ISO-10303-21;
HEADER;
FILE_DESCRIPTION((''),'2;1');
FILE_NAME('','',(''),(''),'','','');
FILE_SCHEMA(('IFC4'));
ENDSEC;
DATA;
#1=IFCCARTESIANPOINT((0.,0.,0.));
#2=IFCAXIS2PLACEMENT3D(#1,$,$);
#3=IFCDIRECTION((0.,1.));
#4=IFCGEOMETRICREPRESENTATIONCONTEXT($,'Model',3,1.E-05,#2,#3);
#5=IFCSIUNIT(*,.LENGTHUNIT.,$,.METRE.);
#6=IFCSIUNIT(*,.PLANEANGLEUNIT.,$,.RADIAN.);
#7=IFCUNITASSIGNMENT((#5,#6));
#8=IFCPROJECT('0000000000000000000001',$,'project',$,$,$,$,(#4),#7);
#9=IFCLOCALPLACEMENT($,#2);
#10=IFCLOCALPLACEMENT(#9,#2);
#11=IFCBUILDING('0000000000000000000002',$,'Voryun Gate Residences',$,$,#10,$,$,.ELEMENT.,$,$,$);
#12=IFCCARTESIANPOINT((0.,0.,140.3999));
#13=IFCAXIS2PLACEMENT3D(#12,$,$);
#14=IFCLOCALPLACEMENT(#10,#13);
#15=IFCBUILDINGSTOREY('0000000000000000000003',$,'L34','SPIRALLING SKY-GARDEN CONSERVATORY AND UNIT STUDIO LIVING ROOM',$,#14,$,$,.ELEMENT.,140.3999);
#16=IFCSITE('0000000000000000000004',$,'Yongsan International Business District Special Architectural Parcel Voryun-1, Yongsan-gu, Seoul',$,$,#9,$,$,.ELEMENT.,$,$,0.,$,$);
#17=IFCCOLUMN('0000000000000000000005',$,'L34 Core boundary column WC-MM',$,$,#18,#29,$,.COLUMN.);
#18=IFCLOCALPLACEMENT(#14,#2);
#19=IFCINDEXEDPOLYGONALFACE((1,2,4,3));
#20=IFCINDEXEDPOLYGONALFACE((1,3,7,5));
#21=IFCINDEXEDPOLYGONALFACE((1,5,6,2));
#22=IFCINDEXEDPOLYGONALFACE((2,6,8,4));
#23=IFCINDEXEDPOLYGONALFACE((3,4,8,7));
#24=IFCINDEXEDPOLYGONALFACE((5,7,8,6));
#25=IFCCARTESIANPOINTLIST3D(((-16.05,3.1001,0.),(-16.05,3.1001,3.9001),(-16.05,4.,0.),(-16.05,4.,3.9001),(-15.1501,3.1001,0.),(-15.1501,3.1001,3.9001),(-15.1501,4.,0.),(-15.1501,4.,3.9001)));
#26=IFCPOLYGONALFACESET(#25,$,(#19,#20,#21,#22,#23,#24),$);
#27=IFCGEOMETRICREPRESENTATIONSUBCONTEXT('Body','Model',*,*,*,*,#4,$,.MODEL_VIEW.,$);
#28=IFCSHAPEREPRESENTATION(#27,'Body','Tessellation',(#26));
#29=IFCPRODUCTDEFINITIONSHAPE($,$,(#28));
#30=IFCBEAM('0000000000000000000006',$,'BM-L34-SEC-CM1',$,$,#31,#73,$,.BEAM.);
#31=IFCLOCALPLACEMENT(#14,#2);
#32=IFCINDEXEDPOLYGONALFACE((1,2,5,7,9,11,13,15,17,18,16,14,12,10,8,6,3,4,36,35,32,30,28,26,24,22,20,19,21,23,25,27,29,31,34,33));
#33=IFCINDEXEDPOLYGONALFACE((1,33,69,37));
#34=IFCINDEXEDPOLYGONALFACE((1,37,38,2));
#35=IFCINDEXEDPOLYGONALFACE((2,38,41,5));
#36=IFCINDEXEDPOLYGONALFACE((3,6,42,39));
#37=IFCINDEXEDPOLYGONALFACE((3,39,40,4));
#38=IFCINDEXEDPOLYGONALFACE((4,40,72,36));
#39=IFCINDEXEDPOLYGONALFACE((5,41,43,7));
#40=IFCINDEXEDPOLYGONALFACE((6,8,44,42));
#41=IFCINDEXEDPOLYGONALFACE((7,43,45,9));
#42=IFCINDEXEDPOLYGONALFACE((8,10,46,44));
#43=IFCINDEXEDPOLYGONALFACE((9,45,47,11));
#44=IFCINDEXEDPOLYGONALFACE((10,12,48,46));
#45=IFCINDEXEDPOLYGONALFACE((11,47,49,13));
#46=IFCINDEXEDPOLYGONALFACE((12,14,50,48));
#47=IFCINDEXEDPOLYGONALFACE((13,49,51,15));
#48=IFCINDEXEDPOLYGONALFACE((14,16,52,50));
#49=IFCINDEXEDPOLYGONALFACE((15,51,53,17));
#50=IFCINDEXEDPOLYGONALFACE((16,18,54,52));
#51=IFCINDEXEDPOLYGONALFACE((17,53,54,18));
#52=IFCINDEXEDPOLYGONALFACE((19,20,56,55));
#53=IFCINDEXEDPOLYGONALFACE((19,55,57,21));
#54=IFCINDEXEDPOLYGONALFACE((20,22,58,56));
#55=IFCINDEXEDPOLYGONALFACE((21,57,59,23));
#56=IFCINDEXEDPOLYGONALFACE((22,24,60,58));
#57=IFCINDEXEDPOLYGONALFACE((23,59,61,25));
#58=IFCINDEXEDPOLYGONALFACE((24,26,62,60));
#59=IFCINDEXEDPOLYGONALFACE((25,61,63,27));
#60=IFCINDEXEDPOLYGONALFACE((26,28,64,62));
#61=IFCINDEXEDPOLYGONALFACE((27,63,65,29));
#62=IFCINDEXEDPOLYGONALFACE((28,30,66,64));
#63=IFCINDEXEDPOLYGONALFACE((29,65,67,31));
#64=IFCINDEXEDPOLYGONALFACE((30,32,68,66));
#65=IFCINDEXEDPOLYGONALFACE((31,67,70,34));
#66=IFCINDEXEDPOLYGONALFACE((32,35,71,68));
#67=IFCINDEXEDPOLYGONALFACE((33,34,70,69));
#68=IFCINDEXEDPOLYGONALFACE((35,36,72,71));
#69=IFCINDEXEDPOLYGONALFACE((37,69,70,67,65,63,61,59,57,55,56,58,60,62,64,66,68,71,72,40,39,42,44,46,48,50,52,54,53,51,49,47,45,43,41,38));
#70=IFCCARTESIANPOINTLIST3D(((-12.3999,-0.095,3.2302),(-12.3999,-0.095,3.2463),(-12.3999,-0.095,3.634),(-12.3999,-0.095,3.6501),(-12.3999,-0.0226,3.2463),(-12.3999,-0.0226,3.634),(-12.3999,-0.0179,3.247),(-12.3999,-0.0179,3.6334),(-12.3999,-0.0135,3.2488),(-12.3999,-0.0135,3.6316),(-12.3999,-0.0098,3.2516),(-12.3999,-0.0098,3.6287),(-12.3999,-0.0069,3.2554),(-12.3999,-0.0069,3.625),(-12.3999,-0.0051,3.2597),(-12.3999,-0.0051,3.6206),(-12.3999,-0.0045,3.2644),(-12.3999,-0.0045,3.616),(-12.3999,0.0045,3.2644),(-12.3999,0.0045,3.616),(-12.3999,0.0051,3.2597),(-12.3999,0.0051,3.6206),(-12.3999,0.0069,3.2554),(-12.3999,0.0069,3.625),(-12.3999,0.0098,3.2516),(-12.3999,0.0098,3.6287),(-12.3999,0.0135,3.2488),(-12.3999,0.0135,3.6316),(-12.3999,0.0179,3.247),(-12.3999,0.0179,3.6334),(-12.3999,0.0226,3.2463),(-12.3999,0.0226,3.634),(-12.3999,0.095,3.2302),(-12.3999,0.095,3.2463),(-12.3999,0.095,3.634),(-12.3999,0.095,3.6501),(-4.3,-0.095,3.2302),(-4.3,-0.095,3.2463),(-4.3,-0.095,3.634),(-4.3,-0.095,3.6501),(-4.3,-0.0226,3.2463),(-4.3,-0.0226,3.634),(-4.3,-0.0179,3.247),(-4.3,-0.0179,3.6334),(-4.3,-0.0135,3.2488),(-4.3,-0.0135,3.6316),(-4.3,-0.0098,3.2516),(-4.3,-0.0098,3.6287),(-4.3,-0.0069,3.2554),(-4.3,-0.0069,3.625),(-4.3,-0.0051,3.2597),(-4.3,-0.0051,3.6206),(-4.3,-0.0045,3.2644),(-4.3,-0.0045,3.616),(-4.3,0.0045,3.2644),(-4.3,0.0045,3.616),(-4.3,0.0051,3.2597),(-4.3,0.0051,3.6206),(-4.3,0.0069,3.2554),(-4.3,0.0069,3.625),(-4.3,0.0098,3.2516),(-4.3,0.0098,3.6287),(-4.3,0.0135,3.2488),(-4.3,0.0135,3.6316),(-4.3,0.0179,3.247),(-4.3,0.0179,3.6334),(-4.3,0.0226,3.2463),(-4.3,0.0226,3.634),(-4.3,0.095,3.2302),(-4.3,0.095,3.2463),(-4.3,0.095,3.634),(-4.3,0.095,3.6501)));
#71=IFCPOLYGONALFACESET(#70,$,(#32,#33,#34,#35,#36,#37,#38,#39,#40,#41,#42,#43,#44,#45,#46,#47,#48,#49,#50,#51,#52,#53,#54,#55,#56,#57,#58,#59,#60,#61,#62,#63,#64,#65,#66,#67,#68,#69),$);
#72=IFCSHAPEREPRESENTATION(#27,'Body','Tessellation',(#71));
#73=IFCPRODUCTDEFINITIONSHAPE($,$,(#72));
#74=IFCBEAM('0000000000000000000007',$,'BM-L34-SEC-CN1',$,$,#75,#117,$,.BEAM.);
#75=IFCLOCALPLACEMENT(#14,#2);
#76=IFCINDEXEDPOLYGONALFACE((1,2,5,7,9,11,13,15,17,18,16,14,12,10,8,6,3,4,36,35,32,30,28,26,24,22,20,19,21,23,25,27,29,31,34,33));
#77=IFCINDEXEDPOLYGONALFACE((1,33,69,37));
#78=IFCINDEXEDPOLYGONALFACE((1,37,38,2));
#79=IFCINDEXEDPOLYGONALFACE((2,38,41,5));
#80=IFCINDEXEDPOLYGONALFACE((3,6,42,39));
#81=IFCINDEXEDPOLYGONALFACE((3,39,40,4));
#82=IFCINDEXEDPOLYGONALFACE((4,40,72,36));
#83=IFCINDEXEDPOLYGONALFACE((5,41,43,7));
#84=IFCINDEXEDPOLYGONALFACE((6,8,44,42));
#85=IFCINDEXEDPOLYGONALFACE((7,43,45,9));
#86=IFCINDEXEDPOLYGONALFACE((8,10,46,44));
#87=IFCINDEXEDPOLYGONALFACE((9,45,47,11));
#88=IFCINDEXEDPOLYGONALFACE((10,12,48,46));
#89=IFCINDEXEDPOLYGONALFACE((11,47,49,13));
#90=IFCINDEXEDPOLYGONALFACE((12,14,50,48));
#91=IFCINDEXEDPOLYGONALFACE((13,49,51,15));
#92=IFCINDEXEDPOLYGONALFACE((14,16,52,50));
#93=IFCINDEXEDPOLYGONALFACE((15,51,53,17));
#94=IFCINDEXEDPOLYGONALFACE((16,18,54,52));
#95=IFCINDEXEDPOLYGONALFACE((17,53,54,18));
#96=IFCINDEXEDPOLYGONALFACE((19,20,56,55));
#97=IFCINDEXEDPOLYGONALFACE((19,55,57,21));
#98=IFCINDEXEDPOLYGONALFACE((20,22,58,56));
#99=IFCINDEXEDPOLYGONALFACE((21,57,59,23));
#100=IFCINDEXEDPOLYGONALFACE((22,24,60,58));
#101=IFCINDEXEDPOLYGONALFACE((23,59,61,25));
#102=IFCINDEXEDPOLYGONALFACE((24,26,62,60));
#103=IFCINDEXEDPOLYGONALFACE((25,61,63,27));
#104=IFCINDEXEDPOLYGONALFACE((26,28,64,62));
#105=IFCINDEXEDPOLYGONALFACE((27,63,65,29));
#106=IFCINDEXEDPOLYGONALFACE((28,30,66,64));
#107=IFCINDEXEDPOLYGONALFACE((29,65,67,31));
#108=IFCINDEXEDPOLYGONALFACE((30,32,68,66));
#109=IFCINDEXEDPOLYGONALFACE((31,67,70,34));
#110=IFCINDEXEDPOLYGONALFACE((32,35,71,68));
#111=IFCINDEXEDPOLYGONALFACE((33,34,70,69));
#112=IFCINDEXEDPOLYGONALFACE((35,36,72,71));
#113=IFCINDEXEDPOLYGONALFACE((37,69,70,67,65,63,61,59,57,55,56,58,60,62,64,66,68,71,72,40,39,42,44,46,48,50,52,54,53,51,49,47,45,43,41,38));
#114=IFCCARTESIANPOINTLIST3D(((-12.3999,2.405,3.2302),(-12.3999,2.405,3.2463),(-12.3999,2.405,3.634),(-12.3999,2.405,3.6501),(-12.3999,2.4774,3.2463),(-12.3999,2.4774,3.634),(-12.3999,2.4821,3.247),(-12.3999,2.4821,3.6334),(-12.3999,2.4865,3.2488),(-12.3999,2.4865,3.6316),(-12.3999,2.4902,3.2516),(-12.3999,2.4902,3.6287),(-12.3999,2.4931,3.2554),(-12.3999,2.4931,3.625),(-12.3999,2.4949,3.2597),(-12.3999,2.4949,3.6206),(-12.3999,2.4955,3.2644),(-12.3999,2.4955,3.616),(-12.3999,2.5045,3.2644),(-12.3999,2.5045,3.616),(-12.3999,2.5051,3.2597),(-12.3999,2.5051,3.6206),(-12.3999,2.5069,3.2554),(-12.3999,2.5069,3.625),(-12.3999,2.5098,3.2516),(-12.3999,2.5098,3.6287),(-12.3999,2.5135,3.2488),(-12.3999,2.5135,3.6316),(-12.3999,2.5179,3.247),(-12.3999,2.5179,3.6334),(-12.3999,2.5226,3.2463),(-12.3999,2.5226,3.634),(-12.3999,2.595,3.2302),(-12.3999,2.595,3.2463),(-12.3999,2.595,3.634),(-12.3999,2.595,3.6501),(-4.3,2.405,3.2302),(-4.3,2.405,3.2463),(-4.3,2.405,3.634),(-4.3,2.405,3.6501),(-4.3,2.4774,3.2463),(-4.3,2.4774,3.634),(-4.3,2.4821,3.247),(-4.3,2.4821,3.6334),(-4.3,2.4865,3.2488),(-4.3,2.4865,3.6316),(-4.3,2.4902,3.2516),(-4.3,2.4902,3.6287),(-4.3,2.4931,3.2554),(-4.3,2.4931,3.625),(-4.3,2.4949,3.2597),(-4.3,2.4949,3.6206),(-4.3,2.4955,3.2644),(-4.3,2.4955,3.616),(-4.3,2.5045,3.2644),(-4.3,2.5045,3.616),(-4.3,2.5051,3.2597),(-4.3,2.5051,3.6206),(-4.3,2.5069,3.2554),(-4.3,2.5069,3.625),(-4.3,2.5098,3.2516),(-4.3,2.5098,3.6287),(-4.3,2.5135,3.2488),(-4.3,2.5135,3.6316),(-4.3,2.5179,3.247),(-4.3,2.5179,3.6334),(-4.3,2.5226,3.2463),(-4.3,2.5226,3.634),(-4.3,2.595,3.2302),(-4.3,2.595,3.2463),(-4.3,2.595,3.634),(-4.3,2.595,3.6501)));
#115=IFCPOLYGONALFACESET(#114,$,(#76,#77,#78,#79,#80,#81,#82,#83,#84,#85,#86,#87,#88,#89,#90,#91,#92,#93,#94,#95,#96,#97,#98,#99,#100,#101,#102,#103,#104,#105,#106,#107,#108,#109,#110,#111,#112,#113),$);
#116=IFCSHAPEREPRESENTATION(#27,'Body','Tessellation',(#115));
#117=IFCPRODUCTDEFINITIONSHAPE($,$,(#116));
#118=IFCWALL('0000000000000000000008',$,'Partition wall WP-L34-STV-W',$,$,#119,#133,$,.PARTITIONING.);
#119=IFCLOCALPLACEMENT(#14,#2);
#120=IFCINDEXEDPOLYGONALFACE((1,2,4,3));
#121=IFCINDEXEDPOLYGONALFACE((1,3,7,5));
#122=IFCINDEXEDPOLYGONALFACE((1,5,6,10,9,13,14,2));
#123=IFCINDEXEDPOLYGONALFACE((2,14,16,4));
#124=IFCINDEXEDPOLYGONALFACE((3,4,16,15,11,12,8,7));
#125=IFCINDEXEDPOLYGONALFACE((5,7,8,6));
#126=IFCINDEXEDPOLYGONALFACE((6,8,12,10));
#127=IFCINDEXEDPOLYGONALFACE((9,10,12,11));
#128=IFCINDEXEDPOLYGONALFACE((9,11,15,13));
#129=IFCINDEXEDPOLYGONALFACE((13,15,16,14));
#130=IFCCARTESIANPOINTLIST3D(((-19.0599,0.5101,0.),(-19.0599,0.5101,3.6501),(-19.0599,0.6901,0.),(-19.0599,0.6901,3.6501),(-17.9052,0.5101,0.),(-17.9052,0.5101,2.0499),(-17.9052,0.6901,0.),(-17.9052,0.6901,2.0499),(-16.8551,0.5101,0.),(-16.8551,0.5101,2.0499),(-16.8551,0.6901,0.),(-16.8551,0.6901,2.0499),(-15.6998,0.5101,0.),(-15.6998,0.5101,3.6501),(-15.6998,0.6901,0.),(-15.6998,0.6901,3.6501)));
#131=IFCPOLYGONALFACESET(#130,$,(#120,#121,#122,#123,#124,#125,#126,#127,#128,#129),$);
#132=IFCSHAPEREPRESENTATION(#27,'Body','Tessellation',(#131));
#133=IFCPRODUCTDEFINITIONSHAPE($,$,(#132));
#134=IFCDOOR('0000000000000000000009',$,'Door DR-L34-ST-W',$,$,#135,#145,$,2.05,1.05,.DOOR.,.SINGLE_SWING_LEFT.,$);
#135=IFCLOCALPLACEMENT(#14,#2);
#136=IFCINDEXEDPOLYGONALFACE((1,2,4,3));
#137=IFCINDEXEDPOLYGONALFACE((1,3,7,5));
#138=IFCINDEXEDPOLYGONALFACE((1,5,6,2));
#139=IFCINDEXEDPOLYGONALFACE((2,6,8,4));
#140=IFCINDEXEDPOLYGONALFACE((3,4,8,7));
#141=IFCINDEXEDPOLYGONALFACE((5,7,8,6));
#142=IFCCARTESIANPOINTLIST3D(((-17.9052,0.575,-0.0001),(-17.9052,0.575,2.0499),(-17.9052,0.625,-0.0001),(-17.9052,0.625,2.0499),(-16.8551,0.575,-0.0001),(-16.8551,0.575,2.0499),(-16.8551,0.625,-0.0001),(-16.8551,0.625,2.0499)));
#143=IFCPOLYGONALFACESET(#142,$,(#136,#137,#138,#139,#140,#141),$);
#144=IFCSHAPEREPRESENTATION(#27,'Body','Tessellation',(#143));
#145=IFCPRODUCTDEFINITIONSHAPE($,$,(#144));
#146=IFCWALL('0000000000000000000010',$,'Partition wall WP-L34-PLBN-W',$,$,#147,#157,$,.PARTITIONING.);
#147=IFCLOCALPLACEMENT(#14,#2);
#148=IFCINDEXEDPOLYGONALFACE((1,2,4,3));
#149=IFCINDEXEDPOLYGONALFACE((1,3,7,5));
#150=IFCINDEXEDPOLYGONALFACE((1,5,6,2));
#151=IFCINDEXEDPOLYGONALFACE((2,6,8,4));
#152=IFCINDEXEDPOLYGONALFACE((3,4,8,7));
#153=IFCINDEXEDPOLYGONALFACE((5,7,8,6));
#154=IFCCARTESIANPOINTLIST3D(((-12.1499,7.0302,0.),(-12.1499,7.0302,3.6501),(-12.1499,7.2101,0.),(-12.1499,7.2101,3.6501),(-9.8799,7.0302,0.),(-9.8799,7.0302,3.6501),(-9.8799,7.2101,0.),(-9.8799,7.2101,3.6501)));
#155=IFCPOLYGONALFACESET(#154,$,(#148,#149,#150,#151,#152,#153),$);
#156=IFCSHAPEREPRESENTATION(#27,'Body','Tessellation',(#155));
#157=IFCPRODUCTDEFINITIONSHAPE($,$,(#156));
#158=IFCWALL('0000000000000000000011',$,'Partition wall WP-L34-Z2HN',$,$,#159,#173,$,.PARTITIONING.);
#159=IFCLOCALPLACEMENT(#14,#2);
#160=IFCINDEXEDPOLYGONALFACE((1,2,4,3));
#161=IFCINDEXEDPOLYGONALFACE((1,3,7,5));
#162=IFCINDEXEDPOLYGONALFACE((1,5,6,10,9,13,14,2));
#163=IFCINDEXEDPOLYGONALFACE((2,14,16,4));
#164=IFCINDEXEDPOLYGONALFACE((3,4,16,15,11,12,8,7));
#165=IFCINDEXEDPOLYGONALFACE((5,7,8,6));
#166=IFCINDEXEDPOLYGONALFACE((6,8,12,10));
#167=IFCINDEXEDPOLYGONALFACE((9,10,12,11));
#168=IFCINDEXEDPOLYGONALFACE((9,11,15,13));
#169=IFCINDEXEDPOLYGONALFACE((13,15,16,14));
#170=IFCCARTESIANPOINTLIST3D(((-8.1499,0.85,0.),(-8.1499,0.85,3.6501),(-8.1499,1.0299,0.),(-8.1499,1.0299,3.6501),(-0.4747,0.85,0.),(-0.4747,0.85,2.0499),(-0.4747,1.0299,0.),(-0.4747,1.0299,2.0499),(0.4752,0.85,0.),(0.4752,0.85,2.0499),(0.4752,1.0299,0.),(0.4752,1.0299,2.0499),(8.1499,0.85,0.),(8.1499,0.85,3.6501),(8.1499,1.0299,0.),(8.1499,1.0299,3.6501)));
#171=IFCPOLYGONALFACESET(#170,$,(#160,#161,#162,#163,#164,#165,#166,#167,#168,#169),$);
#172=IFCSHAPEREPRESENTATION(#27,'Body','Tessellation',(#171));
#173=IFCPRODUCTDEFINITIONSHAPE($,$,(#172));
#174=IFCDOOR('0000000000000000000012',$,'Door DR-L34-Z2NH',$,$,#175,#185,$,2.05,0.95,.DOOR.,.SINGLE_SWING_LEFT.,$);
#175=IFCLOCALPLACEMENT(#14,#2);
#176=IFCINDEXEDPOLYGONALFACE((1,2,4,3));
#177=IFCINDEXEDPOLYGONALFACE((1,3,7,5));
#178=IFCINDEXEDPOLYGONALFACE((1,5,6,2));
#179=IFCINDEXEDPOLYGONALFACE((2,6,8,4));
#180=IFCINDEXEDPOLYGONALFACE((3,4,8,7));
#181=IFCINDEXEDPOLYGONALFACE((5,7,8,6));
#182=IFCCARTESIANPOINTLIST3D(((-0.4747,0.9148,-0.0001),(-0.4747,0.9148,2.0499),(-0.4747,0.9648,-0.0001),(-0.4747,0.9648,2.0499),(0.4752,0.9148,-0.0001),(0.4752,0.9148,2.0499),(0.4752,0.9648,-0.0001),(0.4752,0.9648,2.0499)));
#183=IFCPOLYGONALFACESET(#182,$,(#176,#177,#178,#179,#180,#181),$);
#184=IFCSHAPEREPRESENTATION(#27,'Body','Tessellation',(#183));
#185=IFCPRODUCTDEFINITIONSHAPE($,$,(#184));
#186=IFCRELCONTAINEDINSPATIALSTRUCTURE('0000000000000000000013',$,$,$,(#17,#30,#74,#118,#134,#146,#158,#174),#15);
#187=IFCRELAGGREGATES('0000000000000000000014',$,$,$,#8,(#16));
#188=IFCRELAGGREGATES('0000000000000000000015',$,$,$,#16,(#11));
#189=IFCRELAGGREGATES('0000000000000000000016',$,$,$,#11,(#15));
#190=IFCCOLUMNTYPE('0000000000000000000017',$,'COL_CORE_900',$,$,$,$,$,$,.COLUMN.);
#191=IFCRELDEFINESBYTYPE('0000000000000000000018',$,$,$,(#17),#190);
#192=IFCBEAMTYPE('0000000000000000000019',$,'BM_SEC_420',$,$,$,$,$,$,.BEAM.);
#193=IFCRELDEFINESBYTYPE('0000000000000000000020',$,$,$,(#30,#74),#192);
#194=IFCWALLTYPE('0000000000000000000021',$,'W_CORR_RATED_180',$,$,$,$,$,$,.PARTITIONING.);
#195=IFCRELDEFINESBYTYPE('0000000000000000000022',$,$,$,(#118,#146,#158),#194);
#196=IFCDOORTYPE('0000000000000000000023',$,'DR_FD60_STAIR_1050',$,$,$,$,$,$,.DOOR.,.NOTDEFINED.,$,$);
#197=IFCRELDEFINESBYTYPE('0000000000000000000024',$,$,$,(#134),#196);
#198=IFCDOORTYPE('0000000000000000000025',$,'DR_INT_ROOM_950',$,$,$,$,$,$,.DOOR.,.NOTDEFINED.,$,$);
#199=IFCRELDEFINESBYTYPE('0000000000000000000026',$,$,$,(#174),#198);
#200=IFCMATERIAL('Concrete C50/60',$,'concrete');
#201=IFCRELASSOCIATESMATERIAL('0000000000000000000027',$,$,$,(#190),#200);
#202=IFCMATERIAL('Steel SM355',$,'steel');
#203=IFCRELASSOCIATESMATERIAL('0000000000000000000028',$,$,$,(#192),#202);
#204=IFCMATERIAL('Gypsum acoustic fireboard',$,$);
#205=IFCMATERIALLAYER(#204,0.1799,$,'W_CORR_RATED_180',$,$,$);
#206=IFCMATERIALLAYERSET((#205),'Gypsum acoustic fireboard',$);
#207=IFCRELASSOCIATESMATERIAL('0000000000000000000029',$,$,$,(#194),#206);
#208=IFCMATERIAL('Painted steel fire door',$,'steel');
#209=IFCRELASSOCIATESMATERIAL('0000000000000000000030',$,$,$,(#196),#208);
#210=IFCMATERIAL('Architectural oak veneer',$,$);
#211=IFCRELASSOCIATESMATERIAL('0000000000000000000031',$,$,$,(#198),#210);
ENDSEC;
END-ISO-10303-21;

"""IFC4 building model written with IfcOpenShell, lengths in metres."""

from ifc_helpers import new_model, si_unit, direction, frame, frame_2d, origin, origin_2d, place, context, subcontext, project, spatial, rectangle, i_section, extrude, material, layer, layer_set, material_profile, profile_set, type_object, element, fill, save


model = new_model("IFC4")

# Units and contexts
model_context = context("Model", 3, precision=1e-05, world=origin(), true_north=direction((0.0, 1.0)))
body_context = subcontext(model_context, "Body", "Model", "MODEL_VIEW")
ifc_project = project(units=[si_unit("LENGTHUNIT", "METRE"), si_unit("PLANEANGLEUNIT", "RADIAN")], contexts=[model_context])

# Site, building, storey
site_placement = place(None, origin())
site = spatial("IfcSite", under=ifc_project, at=site_placement, Name="Yongsan International Business District Special Architectural Parcel Voryun-1, Yongsan-gu, Seoul", CompositionType="ELEMENT", RefElevation=0.0)
building_placement = place(site_placement, origin())
building = spatial("IfcBuilding", under=site, at=building_placement, Name="Voryun Gate Residences", CompositionType="ELEMENT")
storey_placement = place(building_placement, frame((0.0, 0.0, 140.3999)))
storey = spatial("IfcBuildingStorey", under=building, at=storey_placement, Name="L34", Description="SPIRALLING SKY-GARDEN CONSERVATORY AND UNIT STUDIO LIVING ROOM", CompositionType="ELEMENT", Elevation=140.3999)

# Column
ifc_material_1 = material(Name="Concrete C50/60", Category="concrete")
ifc_material_profile_1 = material_profile(ifc_material_1, rectangle(XDim=0.8999, YDim=0.8999, at=origin_2d()), Name="RC-900x900")
ifc_profile_set_1 = profile_set([ifc_material_profile_1], Name="Concrete C50/60")
column_type = type_object("IfcColumnType", Name="COL_CORE_900", PredefinedType="COLUMN", material=ifc_profile_set_1)
column_placement = place(storey_placement, frame((-15.6001, 3.55, 0.0), z_axis=(0.0, 0.0, 1.0), x_axis=(1.0, 0.0, 0.0)))
element("IfcColumn", 1, at=column_placement, inside=storey, type_object=column_type, Name="L34 Core boundary column WC-MM", PredefinedType="COLUMN", context=body_context, shape_type="SweptSolid", body=[
    extrude(rectangle(XDim=0.8999, YDim=0.8999, at=origin_2d()), origin(), (0.0, 0.0, 1.0), 3.9001),
])

# Beams
ifc_material_2 = material(Name="Steel SM355", Category="steel")
ifc_material_profile_2 = material_profile(ifc_material_2, i_section(OverallWidth=0.1899, OverallDepth=0.4199, WebThickness=0.009, FlangeThickness=0.0161, FilletRadius=0.0181, at=origin_2d()), Name="H-420x190x9x16")
ifc_profile_set_2 = profile_set([ifc_material_profile_2], Name="Steel SM355")
beam_type = type_object("IfcBeamType", Name="BM_SEC_420", PredefinedType="BEAM", material=ifc_profile_set_2)
for number, where, z_axis, x_axis, name in (
    (2, (-12.3999, 0.0, 3.4402), (1.0, 0.0, 0.0), (0.0, 1.0, 0.0), "BM-L34-SEC-CM1"),
    (3, (-12.3999, 2.5, 3.4402), (1.0, 0.0, 0.0), (0.0, 1.0, 0.0), "BM-L34-SEC-CN1"),
):
    element("IfcBeam", number, at=place(storey_placement, frame(where, z_axis=z_axis, x_axis=x_axis)), inside=storey, type_object=beam_type, Name=name, PredefinedType="BEAM", context=body_context, shape_type="SweptSolid", body=[
        extrude(i_section(OverallWidth=0.1899, OverallDepth=0.4199, WebThickness=0.009, FlangeThickness=0.0161, FilletRadius=0.0181, at=origin_2d()), origin(), (0.0, 0.0, 1.0), 8.0999),
    ])

# Wall, opening, door
ifc_material_3 = material(Name="Gypsum acoustic fireboard")
ifc_layer_1 = layer(ifc_material_3, 0.1799, Name="W_CORR_RATED_180")
ifc_layer_set_1 = layer_set([ifc_layer_1], Name="Gypsum acoustic fireboard")
wall_type_1 = type_object("IfcWallType", Name="W_CORR_RATED_180", PredefinedType="PARTITIONING", material=ifc_layer_set_1)
wall_1_placement = place(storey_placement, frame((-19.0601, 0.6001, 0.0), z_axis=(0.0, 0.0, 1.0), x_axis=(1.0, 0.0, 0.0)))
wall_1 = element("IfcWall", 4, at=wall_1_placement, inside=storey, type_object=wall_type_1, Name="Partition wall WP-L34-STV-W", PredefinedType="PARTITIONING", context=body_context, shape_type="SweptSolid", body=[
    extrude(rectangle(XDim=3.3601, YDim=0.1799, at=frame_2d((1.6802, 0.0))), origin(), (0.0, 0.0, 1.0), 3.6501),
])
opening_1_placement = place(wall_1_placement, frame((1.155, 0.0, 0.0)))
opening_1 = element("IfcOpeningElement", 5, at=opening_1_placement, cuts=wall_1, PredefinedType="OPENING", context=body_context, shape_type="SweptSolid", body=[
    extrude(rectangle(XDim=1.05, YDim=2.05, at=frame_2d((0.5249, 1.0249))), frame((0.0, 0.0999, 0.0), z_axis=(0.0, -1.0, 0.0), x_axis=(1.0, 0.0, 0.0)), (0.0, 0.0, 1.0), 0.2),
])
ifc_material_4 = material(Name="Painted steel fire door", Category="steel")
door_type_1 = type_object("IfcDoorType", Name="DR_FD60_STAIR_1050", OperationType="NOTDEFINED", PredefinedType="DOOR", material=ifc_material_4)
door_1_placement = place(opening_1_placement, origin())
door_1 = element("IfcDoor", 6, at=door_1_placement, inside=storey, type_object=door_type_1, Name="Door DR-L34-ST-W", OperationType="SINGLE_SWING_LEFT", OverallHeight=2.05, OverallWidth=1.05, PredefinedType="DOOR", context=body_context, shape_type="SweptSolid", body=[
    extrude(rectangle(XDim=1.05, YDim=2.05, at=frame_2d((0.5249, 1.0249))), frame((0.0, 0.0249, 0.0), z_axis=(0.0, -1.0, 0.0), x_axis=(1.0, 0.0, 0.0)), (0.0, 0.0, 1.0), 0.05),
])
fill(opening_1, door_1)

# Wall
wall_2_placement = place(storey_placement, frame((-12.1499, 7.1201, 0.0), z_axis=(0.0, 0.0, 1.0), x_axis=(1.0, 0.0, 0.0)))
element("IfcWall", 7, at=wall_2_placement, inside=storey, type_object=wall_type_1, Name="Partition wall WP-L34-PLBN-W", PredefinedType="PARTITIONING", context=body_context, shape_type="SweptSolid", body=[
    extrude(rectangle(XDim=2.27, YDim=0.1799, at=frame_2d((1.135, 0.0))), origin(), (0.0, 0.0, 1.0), 3.6501),
])

# Wall, opening, door
wall_3_placement = place(storey_placement, frame((-8.1499, 0.9399, 0.0), z_axis=(0.0, 0.0, 1.0), x_axis=(1.0, 0.0, 0.0)))
wall_3 = element("IfcWall", 8, at=wall_3_placement, inside=storey, type_object=wall_type_1, Name="Partition wall WP-L34-Z2HN", PredefinedType="PARTITIONING", context=body_context, shape_type="SweptSolid", body=[
    extrude(rectangle(XDim=16.2998, YDim=0.1799, at=frame_2d((8.1499, 0.0))), origin(), (0.0, 0.0, 1.0), 3.6501),
])
opening_2_placement = place(wall_3_placement, frame((7.675, 0.0, 0.0)))
opening_2 = element("IfcOpeningElement", 9, at=opening_2_placement, cuts=wall_3, PredefinedType="OPENING", context=body_context, shape_type="SweptSolid", body=[
    extrude(rectangle(XDim=0.95, YDim=2.05, at=frame_2d((0.4751, 1.0249))), frame((0.0, 0.0999, 0.0), z_axis=(0.0, -1.0, 0.0), x_axis=(1.0, 0.0, 0.0)), (0.0, 0.0, 1.0), 0.2),
])
ifc_material_5 = material(Name="Architectural oak veneer")
door_type_2 = type_object("IfcDoorType", Name="DR_INT_ROOM_950", OperationType="NOTDEFINED", PredefinedType="DOOR", material=ifc_material_5)
door_2_placement = place(opening_2_placement, origin())
door_2 = element("IfcDoor", 10, at=door_2_placement, inside=storey, type_object=door_type_2, Name="Door DR-L34-Z2NH", OperationType="SINGLE_SWING_LEFT", OverallHeight=2.05, OverallWidth=0.95, PredefinedType="DOOR", context=body_context, shape_type="SweptSolid", body=[
    extrude(rectangle(XDim=0.95, YDim=2.05, at=frame_2d((0.4751, 1.0249))), frame((0.0, 0.0249, 0.0), z_axis=(0.0, -1.0, 0.0), x_axis=(1.0, 0.0, 0.0)), (0.0, 0.0, 1.0), 0.05),
])
fill(opening_2, door_2)

save(model, "model.ifc")
